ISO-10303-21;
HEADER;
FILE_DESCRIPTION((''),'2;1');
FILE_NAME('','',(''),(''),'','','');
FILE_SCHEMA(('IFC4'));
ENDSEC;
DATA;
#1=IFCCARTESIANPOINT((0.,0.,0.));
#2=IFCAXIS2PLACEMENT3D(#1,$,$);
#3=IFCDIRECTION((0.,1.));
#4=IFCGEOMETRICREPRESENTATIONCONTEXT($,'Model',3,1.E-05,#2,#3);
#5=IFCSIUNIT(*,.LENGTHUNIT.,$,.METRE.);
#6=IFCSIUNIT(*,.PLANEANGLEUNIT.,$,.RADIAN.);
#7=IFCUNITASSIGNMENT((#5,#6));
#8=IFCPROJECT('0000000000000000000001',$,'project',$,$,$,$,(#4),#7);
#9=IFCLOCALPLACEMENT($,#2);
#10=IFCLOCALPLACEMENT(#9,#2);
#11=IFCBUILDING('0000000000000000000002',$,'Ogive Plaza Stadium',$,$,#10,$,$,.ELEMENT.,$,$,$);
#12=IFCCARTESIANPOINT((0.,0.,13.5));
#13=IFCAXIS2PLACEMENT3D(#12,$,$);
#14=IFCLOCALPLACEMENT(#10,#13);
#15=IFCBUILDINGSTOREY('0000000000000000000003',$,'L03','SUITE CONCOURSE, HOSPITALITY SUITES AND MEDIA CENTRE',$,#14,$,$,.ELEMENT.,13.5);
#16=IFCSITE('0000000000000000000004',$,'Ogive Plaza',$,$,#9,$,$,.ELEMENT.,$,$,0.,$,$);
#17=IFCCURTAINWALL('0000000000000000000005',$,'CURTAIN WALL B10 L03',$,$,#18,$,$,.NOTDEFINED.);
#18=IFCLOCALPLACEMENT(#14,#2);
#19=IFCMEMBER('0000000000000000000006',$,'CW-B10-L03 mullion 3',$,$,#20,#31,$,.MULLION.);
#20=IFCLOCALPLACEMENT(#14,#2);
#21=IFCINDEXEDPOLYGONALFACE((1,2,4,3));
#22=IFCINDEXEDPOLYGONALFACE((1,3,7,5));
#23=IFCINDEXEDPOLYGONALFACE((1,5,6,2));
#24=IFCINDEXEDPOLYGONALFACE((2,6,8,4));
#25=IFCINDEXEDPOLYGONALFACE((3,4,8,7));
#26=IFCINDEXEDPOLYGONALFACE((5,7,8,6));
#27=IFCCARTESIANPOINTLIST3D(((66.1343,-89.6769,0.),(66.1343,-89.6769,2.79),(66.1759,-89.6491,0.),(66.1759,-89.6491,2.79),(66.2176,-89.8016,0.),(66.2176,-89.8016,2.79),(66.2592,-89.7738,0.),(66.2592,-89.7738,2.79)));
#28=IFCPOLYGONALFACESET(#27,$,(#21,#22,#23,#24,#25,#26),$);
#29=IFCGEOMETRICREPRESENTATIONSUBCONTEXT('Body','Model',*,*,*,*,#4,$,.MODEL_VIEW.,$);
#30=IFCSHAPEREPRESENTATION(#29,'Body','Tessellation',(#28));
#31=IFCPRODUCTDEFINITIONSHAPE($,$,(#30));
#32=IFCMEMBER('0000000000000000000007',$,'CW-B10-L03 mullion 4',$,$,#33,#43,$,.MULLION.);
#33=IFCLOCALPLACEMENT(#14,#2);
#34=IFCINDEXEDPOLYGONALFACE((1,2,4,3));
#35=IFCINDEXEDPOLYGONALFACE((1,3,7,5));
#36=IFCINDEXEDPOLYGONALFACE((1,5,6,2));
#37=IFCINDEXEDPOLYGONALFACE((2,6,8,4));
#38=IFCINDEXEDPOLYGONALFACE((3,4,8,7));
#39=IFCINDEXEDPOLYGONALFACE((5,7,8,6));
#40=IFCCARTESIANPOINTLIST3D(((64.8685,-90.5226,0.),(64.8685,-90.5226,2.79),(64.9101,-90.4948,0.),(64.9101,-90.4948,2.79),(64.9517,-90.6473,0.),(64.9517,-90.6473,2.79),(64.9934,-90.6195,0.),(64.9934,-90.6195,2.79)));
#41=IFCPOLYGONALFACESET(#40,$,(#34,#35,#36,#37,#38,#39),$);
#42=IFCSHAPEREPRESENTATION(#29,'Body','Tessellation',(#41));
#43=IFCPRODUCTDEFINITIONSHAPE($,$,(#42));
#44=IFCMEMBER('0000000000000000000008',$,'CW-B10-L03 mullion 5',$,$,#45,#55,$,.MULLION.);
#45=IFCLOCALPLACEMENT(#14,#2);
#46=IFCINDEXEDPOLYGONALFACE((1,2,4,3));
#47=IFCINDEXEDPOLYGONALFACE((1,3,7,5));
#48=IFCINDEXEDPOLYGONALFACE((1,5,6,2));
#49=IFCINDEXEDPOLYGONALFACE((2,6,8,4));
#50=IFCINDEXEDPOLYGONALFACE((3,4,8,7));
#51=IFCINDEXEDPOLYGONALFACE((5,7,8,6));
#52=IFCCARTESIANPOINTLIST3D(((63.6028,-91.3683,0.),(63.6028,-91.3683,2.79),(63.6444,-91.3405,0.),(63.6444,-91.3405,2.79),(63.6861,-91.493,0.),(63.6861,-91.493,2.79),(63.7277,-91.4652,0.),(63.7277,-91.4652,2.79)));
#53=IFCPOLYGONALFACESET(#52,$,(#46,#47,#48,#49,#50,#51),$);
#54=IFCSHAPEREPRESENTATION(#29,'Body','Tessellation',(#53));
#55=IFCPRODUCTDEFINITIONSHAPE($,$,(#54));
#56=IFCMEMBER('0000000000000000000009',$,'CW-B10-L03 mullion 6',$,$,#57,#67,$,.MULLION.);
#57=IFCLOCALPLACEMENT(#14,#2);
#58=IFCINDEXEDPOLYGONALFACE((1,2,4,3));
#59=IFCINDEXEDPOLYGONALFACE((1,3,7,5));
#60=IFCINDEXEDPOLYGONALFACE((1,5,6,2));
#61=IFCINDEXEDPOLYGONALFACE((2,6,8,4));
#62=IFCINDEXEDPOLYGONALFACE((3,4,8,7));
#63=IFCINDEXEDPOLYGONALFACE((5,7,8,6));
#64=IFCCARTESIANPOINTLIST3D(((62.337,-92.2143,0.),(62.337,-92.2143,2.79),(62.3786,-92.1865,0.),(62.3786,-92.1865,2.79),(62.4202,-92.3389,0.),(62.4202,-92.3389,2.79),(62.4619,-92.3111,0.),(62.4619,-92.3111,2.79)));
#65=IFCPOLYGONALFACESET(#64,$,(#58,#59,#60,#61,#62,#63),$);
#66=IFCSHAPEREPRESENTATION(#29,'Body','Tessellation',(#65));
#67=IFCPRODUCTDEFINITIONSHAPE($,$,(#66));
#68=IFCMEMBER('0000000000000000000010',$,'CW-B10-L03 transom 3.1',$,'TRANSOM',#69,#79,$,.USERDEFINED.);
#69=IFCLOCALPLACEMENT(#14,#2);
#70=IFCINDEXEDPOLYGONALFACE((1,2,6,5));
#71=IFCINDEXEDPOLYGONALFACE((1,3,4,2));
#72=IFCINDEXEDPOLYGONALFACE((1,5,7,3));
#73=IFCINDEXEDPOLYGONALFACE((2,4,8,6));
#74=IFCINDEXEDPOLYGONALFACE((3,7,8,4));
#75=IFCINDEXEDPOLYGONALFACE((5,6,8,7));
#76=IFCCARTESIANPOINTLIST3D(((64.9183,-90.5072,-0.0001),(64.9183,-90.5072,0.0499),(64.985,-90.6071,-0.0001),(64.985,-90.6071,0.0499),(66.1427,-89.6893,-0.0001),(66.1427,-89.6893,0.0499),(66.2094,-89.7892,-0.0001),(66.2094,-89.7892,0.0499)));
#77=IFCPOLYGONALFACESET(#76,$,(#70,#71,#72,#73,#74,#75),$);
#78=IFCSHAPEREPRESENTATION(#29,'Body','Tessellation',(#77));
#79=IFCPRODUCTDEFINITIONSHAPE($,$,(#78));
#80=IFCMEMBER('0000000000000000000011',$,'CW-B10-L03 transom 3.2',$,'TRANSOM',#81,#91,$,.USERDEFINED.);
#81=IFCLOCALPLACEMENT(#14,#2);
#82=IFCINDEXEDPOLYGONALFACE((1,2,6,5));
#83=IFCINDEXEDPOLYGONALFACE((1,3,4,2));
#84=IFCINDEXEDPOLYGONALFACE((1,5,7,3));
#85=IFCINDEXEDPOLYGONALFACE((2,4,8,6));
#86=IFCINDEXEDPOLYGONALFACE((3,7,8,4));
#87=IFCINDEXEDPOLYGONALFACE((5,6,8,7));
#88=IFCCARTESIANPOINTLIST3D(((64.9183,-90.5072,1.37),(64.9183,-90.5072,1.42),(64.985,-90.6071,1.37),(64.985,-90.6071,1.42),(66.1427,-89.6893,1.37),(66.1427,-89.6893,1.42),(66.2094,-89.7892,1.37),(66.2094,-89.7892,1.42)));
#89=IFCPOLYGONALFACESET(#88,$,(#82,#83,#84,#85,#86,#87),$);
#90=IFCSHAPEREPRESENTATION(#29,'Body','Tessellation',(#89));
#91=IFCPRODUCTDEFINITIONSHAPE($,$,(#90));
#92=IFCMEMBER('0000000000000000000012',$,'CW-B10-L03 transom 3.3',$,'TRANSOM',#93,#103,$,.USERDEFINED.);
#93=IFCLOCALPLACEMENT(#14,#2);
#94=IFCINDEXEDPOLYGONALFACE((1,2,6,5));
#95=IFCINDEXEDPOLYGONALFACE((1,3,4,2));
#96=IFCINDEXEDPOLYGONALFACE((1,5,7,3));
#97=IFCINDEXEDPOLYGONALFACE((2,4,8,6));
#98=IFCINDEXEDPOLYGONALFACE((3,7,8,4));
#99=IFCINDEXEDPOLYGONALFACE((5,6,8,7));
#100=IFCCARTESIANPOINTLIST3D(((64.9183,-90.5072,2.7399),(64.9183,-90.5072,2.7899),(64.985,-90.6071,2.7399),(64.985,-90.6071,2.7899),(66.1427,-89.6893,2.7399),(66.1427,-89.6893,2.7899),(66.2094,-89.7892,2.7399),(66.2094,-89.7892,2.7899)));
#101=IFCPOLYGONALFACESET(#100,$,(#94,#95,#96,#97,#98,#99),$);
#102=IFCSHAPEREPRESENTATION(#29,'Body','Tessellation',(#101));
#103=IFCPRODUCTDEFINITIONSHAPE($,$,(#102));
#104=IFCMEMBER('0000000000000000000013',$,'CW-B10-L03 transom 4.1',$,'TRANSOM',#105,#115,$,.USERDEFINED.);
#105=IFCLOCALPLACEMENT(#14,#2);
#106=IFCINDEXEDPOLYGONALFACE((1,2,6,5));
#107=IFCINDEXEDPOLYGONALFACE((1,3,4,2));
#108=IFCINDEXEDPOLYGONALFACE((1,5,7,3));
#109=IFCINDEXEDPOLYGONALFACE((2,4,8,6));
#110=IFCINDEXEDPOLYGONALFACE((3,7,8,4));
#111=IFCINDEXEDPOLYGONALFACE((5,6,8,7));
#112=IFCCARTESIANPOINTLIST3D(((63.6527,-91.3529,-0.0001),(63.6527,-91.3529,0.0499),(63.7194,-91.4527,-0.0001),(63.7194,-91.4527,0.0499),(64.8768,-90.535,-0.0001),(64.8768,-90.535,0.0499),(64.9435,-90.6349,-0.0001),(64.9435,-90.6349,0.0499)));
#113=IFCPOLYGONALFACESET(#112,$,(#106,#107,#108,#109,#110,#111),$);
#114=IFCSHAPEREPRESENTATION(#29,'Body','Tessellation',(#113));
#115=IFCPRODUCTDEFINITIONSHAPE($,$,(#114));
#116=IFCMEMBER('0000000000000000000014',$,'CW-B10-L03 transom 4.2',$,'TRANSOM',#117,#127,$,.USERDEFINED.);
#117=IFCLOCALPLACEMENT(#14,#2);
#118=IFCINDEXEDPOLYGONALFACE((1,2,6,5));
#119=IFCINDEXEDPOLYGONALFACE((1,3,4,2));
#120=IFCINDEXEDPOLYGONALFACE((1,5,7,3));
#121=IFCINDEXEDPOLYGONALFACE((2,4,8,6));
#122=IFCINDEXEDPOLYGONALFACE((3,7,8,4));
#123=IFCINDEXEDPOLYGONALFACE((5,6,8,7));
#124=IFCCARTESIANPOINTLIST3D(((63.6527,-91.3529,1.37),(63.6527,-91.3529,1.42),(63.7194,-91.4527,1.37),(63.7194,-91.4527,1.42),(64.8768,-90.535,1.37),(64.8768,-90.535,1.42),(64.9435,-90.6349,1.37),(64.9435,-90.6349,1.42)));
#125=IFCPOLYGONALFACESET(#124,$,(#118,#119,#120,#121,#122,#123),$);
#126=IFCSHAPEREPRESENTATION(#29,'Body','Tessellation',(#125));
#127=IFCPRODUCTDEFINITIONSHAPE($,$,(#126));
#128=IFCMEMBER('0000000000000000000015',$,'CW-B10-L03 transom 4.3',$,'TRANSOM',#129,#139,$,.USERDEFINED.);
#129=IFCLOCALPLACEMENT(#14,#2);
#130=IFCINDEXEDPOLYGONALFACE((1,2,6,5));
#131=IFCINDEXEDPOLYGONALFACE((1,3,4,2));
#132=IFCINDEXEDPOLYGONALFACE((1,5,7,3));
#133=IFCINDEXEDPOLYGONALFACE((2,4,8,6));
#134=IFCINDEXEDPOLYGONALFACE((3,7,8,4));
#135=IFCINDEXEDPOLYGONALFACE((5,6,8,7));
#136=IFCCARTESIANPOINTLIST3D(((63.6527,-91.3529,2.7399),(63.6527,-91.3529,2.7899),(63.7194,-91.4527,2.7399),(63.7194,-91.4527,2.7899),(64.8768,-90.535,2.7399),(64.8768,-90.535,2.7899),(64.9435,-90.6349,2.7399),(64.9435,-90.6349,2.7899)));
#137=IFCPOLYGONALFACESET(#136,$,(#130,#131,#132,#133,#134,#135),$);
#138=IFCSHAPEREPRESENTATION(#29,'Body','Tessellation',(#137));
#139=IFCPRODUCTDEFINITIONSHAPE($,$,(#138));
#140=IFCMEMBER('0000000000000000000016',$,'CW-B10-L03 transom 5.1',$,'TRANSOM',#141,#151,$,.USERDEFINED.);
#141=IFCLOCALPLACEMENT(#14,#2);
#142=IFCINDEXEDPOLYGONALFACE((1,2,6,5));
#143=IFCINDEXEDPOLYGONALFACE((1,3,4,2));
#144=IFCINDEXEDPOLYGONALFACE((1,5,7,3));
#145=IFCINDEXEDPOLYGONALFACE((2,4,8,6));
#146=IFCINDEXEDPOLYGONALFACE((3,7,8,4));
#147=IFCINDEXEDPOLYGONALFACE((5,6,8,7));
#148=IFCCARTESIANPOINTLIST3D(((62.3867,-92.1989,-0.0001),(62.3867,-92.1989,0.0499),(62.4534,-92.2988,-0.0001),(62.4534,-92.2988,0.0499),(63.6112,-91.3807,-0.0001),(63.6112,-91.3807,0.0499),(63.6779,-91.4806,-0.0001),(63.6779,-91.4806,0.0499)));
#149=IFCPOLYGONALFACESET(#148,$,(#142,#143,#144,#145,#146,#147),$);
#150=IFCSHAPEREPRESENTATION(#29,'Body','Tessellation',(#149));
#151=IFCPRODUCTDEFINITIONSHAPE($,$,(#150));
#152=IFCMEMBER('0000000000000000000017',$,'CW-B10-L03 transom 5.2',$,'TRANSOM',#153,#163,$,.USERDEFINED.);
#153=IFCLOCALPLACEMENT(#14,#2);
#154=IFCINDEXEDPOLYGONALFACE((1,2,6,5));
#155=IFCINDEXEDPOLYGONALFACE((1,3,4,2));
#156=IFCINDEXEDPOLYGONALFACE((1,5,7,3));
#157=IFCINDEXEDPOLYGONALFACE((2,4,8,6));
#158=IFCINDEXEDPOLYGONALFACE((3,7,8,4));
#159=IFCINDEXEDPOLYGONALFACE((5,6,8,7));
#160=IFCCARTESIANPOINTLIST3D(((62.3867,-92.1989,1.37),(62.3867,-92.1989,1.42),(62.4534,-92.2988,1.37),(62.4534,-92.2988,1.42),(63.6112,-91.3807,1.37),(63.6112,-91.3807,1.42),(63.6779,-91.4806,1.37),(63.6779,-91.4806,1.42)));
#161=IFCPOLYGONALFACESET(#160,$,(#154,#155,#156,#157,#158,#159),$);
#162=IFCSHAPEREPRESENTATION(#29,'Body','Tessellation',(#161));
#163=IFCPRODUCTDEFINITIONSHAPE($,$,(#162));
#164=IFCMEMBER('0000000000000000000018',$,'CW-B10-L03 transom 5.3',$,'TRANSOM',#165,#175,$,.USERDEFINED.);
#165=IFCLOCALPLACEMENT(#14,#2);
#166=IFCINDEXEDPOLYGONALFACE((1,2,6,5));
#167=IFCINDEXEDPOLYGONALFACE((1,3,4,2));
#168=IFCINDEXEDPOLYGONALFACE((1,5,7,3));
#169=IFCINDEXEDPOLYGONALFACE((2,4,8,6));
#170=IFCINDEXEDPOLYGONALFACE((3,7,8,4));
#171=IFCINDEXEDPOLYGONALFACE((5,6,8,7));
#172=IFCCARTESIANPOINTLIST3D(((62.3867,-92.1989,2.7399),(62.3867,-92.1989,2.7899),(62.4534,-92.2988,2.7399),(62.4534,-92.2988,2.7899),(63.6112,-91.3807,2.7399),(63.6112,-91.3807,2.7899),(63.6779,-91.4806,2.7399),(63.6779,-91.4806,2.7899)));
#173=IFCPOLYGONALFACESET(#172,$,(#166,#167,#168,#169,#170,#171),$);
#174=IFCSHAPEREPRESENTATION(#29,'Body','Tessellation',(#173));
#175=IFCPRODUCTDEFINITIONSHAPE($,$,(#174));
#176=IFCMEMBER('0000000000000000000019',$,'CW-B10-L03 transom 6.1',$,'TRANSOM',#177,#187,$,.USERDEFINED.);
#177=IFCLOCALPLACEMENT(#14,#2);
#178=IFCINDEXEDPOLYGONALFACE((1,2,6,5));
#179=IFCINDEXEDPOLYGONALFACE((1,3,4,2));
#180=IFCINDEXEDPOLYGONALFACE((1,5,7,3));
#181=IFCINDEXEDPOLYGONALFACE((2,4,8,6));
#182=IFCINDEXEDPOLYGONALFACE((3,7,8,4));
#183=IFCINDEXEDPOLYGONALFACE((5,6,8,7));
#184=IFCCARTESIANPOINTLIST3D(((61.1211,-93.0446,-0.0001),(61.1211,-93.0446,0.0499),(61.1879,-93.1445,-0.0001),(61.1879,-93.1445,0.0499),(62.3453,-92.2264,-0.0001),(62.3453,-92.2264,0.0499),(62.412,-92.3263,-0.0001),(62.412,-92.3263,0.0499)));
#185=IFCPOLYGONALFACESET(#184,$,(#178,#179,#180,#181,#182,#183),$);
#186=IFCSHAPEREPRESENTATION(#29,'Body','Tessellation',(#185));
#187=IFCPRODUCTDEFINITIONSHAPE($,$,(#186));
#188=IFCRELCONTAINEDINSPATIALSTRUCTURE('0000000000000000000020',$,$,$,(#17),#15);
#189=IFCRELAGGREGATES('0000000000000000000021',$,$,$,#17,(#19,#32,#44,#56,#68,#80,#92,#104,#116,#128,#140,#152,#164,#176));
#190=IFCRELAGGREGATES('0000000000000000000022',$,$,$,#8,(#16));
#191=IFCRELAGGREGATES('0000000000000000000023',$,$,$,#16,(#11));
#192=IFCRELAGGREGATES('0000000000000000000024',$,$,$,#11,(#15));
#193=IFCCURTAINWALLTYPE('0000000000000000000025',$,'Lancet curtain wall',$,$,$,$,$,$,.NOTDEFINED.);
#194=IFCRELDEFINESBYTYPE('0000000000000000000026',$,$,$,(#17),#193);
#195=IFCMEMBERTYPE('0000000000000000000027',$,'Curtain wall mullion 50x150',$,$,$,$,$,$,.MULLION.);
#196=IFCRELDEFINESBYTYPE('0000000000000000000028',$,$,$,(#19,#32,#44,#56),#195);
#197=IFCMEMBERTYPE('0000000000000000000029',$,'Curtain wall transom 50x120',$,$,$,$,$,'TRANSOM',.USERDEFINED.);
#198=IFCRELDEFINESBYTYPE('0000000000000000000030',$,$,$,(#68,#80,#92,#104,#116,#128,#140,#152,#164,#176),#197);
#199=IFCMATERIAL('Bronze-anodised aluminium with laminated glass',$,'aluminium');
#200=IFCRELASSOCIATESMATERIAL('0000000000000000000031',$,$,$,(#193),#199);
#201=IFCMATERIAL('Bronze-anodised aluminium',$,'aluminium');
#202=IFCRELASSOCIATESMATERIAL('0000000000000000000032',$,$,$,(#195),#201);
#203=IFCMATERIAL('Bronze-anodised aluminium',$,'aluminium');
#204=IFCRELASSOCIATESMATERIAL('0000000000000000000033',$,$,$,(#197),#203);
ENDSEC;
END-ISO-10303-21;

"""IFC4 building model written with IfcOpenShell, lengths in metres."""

from ifc_helpers import new_model, si_unit, direction, frame, origin, origin_2d, place, context, subcontext, project, spatial, rectangle, extrude, material, material_profile, profile_set, type_object, element, aggregate, save


model = new_model("IFC4")

# Units and contexts
model_context = context("Model", 3, precision=1e-05, world=origin(), true_north=direction((0.0, 1.0)))
body_context = subcontext(model_context, "Body", "Model", "MODEL_VIEW")
ifc_project = project(units=[si_unit("LENGTHUNIT", "METRE"), si_unit("PLANEANGLEUNIT", "RADIAN")], contexts=[model_context])

# Site, building, storey
site_placement = place(None, origin())
site = spatial("IfcSite", under=ifc_project, at=site_placement, Name="Ogive Plaza", CompositionType="ELEMENT", RefElevation=0.0)
building_placement = place(site_placement, origin())
building = spatial("IfcBuilding", under=site, at=building_placement, Name="Ogive Plaza Stadium", CompositionType="ELEMENT")
storey_placement = place(building_placement, frame((0.0, 0.0, 13.5)))
storey = spatial("IfcBuildingStorey", under=building, at=storey_placement, Name="L03", Description="SUITE CONCOURSE, HOSPITALITY SUITES AND MEDIA CENTRE", CompositionType="ELEMENT", Elevation=13.5)

# Curtain wall, members
ifc_material_1 = material(Name="Bronze-anodised aluminium with laminated glass", Category="aluminium")
curtain_wall_type = type_object("IfcCurtainWallType", Name="Lancet curtain wall", PredefinedType="NOTDEFINED", material=ifc_material_1)
curtain_wall_placement = place(storey_placement, origin())
curtain_wall = element("IfcCurtainWall", 1, at=curtain_wall_placement, inside=storey, type_object=curtain_wall_type, Name="CURTAIN WALL B10 L03", PredefinedType="NOTDEFINED")
ifc_material_2 = material(Name="Bronze-anodised aluminium", Category="aluminium")
ifc_material_profile_1 = material_profile(ifc_material_2, rectangle(XDim=0.1499, YDim=0.05, at=origin_2d()), Name="AL 150x50")
ifc_profile_set_1 = profile_set([ifc_material_profile_1], Name="Bronze-anodised aluminium")
member_type_1 = type_object("IfcMemberType", Name="Curtain wall mullion 50x150", PredefinedType="MULLION", material=ifc_profile_set_1)
member_1_placement = place(storey_placement, frame((66.1968, -89.7253, 0.0), z_axis=(0.0, 0.0, 1.0), x_axis=(0.55557, -0.83147, 0.0)))
member_1 = element("IfcMember", 2, at=member_1_placement, type_object=member_type_1, Name="CW-B10-L03 mullion 3", PredefinedType="MULLION", context=body_context, shape_type="SweptSolid", body=[
    extrude(rectangle(XDim=0.1499, YDim=0.05, at=origin_2d()), origin(), (0.0, 0.0, 1.0), 2.79),
])
member_2_placement = place(storey_placement, frame((64.9309, -90.571, 0.0), z_axis=(0.0, 0.0, 1.0), x_axis=(0.55557, -0.83147, 0.0)))
member_2 = element("IfcMember", 3, at=member_2_placement, type_object=member_type_1, Name="CW-B10-L03 mullion 4", PredefinedType="MULLION", context=body_context, shape_type="SweptSolid", body=[
    extrude(rectangle(XDim=0.1499, YDim=0.05, at=origin_2d()), origin(), (0.0, 0.0, 1.0), 2.79),
])
member_3_placement = place(storey_placement, frame((63.6653, -91.4167, 0.0), z_axis=(0.0, 0.0, 1.0), x_axis=(0.55557, -0.83147, 0.0)))
member_3 = element("IfcMember", 4, at=member_3_placement, type_object=member_type_1, Name="CW-B10-L03 mullion 5", PredefinedType="MULLION", context=body_context, shape_type="SweptSolid", body=[
    extrude(rectangle(XDim=0.1499, YDim=0.05, at=origin_2d()), origin(), (0.0, 0.0, 1.0), 2.79),
])
member_4_placement = place(storey_placement, frame((62.3994, -92.2627, 0.0), z_axis=(0.0, 0.0, 1.0), x_axis=(0.55557, -0.83147, 0.0)))
member_4 = element("IfcMember", 5, at=member_4_placement, type_object=member_type_1, Name="CW-B10-L03 mullion 6", PredefinedType="MULLION", context=body_context, shape_type="SweptSolid", body=[
    extrude(rectangle(XDim=0.1499, YDim=0.05, at=origin_2d()), origin(), (0.0, 0.0, 1.0), 2.79),
])
ifc_material_3 = material(Name="Bronze-anodised aluminium", Category="aluminium")
ifc_material_profile_2 = material_profile(ifc_material_3, rectangle(XDim=0.1201, YDim=0.05, at=origin_2d()), Name="AL 120x50")
ifc_profile_set_2 = profile_set([ifc_material_profile_2], Name="Bronze-anodised aluminium")
member_type_2 = type_object("IfcMemberType", Name="Curtain wall transom 50x120", ElementType="TRANSOM", PredefinedType="USERDEFINED", material=ifc_profile_set_2)
member_5_placement = place(storey_placement, frame((66.176, -89.7393, 0.0249), z_axis=(-0.83154, -0.555465, 0.0), x_axis=(0.555465, -0.83154, 0.0)))
member_5 = element("IfcMember", 6, at=member_5_placement, type_object=member_type_2, Name="CW-B10-L03 transom 3.1", ObjectType="TRANSOM", PredefinedType="USERDEFINED", context=body_context, shape_type="SweptSolid", body=[
    extrude(rectangle(XDim=0.1201, YDim=0.05, at=origin_2d()), origin(), (0.0, 0.0, 1.0), 1.4724),
])
member_6_placement = place(storey_placement, frame((66.176, -89.7393, 1.395), z_axis=(-0.83154, -0.555465, 0.0), x_axis=(0.555465, -0.83154, 0.0)))
member_6 = element("IfcMember", 7, at=member_6_placement, type_object=member_type_2, Name="CW-B10-L03 transom 3.2", ObjectType="TRANSOM", PredefinedType="USERDEFINED", context=body_context, shape_type="SweptSolid", body=[
    extrude(rectangle(XDim=0.1201, YDim=0.05, at=origin_2d()), origin(), (0.0, 0.0, 1.0), 1.4724),
])
member_7_placement = place(storey_placement, frame((66.176, -89.7393, 2.7649), z_axis=(-0.83154, -0.555465, 0.0), x_axis=(0.555465, -0.83154, 0.0)))
member_7 = element("IfcMember", 8, at=member_7_placement, type_object=member_type_2, Name="CW-B10-L03 transom 3.3", ObjectType="TRANSOM", PredefinedType="USERDEFINED", context=body_context, shape_type="SweptSolid", body=[
    extrude(rectangle(XDim=0.1201, YDim=0.05, at=origin_2d()), origin(), (0.0, 0.0, 1.0), 1.4724),
])
member_8_placement = place(storey_placement, frame((64.9102, -90.585, 0.0249), z_axis=(-0.831489, -0.555542, 0.0), x_axis=(0.555542, -0.831489, 0.0)))
member_8 = element("IfcMember", 9, at=member_8_placement, type_object=member_type_2, Name="CW-B10-L03 transom 4.1", ObjectType="TRANSOM", PredefinedType="USERDEFINED", context=body_context, shape_type="SweptSolid", body=[
    extrude(rectangle(XDim=0.1201, YDim=0.05, at=origin_2d()), origin(), (0.0, 0.0, 1.0), 1.4722),
])
member_9_placement = place(storey_placement, frame((64.9102, -90.585, 1.395), z_axis=(-0.831489, -0.555542, 0.0), x_axis=(0.555542, -0.831489, 0.0)))
member_9 = element("IfcMember", 10, at=member_9_placement, type_object=member_type_2, Name="CW-B10-L03 transom 4.2", ObjectType="TRANSOM", PredefinedType="USERDEFINED", context=body_context, shape_type="SweptSolid", body=[
    extrude(rectangle(XDim=0.1201, YDim=0.05, at=origin_2d()), origin(), (0.0, 0.0, 1.0), 1.4722),
])
member_10_placement = place(storey_placement, frame((64.9102, -90.585, 2.7649), z_axis=(-0.831489, -0.555542, 0.0), x_axis=(0.555542, -0.831489, 0.0)))
member_10 = element("IfcMember", 11, at=member_10_placement, type_object=member_type_2, Name="CW-B10-L03 transom 4.3", ObjectType="TRANSOM", PredefinedType="USERDEFINED", context=body_context, shape_type="SweptSolid", body=[
    extrude(rectangle(XDim=0.1201, YDim=0.05, at=origin_2d()), origin(), (0.0, 0.0, 1.0), 1.4722),
])
member_11_placement = place(storey_placement, frame((63.6445, -91.4307, 0.0249), z_axis=(-0.831463, -0.55558, 0.0), x_axis=(0.55558, -0.831463, 0.0)))
member_11 = element("IfcMember", 12, at=member_11_placement, type_object=member_type_2, Name="CW-B10-L03 transom 5.1", ObjectType="TRANSOM", PredefinedType="USERDEFINED", context=body_context, shape_type="SweptSolid", body=[
    extrude(rectangle(XDim=0.1201, YDim=0.05, at=origin_2d()), origin(), (0.0, 0.0, 1.0), 1.4727),
])
member_12_placement = place(storey_placement, frame((63.6445, -91.4307, 1.395), z_axis=(-0.831463, -0.55558, 0.0), x_axis=(0.55558, -0.831463, 0.0)))
member_12 = element("IfcMember", 13, at=member_12_placement, type_object=member_type_2, Name="CW-B10-L03 transom 5.2", ObjectType="TRANSOM", PredefinedType="USERDEFINED", context=body_context, shape_type="SweptSolid", body=[
    extrude(rectangle(XDim=0.1201, YDim=0.05, at=origin_2d()), origin(), (0.0, 0.0, 1.0), 1.4727),
])
member_13_placement = place(storey_placement, frame((63.6445, -91.4307, 2.7649), z_axis=(-0.831463, -0.55558, 0.0), x_axis=(0.55558, -0.831463, 0.0)))
member_13 = element("IfcMember", 14, at=member_13_placement, type_object=member_type_2, Name="CW-B10-L03 transom 5.3", ObjectType="TRANSOM", PredefinedType="USERDEFINED", context=body_context, shape_type="SweptSolid", body=[
    extrude(rectangle(XDim=0.1201, YDim=0.05, at=origin_2d()), origin(), (0.0, 0.0, 1.0), 1.4727),
])
member_14_placement = place(storey_placement, frame((62.3787, -92.2764, 0.0249), z_axis=(-0.831412, -0.555656, 0.0), x_axis=(0.555656, -0.831412, 0.0)))
member_14 = element("IfcMember", 15, at=member_14_placement, type_object=member_type_2, Name="CW-B10-L03 transom 6.1", ObjectType="TRANSOM", PredefinedType="USERDEFINED", context=body_context, shape_type="SweptSolid", body=[
    extrude(rectangle(XDim=0.1201, YDim=0.05, at=origin_2d()), origin(), (0.0, 0.0, 1.0), 1.4724),
])
aggregate(curtain_wall, [member_1, member_2, member_3, member_4, member_5, member_6, member_7, member_8, member_9, member_10, member_11, member_12, member_13, member_14])

save(model, "model.ifc")
